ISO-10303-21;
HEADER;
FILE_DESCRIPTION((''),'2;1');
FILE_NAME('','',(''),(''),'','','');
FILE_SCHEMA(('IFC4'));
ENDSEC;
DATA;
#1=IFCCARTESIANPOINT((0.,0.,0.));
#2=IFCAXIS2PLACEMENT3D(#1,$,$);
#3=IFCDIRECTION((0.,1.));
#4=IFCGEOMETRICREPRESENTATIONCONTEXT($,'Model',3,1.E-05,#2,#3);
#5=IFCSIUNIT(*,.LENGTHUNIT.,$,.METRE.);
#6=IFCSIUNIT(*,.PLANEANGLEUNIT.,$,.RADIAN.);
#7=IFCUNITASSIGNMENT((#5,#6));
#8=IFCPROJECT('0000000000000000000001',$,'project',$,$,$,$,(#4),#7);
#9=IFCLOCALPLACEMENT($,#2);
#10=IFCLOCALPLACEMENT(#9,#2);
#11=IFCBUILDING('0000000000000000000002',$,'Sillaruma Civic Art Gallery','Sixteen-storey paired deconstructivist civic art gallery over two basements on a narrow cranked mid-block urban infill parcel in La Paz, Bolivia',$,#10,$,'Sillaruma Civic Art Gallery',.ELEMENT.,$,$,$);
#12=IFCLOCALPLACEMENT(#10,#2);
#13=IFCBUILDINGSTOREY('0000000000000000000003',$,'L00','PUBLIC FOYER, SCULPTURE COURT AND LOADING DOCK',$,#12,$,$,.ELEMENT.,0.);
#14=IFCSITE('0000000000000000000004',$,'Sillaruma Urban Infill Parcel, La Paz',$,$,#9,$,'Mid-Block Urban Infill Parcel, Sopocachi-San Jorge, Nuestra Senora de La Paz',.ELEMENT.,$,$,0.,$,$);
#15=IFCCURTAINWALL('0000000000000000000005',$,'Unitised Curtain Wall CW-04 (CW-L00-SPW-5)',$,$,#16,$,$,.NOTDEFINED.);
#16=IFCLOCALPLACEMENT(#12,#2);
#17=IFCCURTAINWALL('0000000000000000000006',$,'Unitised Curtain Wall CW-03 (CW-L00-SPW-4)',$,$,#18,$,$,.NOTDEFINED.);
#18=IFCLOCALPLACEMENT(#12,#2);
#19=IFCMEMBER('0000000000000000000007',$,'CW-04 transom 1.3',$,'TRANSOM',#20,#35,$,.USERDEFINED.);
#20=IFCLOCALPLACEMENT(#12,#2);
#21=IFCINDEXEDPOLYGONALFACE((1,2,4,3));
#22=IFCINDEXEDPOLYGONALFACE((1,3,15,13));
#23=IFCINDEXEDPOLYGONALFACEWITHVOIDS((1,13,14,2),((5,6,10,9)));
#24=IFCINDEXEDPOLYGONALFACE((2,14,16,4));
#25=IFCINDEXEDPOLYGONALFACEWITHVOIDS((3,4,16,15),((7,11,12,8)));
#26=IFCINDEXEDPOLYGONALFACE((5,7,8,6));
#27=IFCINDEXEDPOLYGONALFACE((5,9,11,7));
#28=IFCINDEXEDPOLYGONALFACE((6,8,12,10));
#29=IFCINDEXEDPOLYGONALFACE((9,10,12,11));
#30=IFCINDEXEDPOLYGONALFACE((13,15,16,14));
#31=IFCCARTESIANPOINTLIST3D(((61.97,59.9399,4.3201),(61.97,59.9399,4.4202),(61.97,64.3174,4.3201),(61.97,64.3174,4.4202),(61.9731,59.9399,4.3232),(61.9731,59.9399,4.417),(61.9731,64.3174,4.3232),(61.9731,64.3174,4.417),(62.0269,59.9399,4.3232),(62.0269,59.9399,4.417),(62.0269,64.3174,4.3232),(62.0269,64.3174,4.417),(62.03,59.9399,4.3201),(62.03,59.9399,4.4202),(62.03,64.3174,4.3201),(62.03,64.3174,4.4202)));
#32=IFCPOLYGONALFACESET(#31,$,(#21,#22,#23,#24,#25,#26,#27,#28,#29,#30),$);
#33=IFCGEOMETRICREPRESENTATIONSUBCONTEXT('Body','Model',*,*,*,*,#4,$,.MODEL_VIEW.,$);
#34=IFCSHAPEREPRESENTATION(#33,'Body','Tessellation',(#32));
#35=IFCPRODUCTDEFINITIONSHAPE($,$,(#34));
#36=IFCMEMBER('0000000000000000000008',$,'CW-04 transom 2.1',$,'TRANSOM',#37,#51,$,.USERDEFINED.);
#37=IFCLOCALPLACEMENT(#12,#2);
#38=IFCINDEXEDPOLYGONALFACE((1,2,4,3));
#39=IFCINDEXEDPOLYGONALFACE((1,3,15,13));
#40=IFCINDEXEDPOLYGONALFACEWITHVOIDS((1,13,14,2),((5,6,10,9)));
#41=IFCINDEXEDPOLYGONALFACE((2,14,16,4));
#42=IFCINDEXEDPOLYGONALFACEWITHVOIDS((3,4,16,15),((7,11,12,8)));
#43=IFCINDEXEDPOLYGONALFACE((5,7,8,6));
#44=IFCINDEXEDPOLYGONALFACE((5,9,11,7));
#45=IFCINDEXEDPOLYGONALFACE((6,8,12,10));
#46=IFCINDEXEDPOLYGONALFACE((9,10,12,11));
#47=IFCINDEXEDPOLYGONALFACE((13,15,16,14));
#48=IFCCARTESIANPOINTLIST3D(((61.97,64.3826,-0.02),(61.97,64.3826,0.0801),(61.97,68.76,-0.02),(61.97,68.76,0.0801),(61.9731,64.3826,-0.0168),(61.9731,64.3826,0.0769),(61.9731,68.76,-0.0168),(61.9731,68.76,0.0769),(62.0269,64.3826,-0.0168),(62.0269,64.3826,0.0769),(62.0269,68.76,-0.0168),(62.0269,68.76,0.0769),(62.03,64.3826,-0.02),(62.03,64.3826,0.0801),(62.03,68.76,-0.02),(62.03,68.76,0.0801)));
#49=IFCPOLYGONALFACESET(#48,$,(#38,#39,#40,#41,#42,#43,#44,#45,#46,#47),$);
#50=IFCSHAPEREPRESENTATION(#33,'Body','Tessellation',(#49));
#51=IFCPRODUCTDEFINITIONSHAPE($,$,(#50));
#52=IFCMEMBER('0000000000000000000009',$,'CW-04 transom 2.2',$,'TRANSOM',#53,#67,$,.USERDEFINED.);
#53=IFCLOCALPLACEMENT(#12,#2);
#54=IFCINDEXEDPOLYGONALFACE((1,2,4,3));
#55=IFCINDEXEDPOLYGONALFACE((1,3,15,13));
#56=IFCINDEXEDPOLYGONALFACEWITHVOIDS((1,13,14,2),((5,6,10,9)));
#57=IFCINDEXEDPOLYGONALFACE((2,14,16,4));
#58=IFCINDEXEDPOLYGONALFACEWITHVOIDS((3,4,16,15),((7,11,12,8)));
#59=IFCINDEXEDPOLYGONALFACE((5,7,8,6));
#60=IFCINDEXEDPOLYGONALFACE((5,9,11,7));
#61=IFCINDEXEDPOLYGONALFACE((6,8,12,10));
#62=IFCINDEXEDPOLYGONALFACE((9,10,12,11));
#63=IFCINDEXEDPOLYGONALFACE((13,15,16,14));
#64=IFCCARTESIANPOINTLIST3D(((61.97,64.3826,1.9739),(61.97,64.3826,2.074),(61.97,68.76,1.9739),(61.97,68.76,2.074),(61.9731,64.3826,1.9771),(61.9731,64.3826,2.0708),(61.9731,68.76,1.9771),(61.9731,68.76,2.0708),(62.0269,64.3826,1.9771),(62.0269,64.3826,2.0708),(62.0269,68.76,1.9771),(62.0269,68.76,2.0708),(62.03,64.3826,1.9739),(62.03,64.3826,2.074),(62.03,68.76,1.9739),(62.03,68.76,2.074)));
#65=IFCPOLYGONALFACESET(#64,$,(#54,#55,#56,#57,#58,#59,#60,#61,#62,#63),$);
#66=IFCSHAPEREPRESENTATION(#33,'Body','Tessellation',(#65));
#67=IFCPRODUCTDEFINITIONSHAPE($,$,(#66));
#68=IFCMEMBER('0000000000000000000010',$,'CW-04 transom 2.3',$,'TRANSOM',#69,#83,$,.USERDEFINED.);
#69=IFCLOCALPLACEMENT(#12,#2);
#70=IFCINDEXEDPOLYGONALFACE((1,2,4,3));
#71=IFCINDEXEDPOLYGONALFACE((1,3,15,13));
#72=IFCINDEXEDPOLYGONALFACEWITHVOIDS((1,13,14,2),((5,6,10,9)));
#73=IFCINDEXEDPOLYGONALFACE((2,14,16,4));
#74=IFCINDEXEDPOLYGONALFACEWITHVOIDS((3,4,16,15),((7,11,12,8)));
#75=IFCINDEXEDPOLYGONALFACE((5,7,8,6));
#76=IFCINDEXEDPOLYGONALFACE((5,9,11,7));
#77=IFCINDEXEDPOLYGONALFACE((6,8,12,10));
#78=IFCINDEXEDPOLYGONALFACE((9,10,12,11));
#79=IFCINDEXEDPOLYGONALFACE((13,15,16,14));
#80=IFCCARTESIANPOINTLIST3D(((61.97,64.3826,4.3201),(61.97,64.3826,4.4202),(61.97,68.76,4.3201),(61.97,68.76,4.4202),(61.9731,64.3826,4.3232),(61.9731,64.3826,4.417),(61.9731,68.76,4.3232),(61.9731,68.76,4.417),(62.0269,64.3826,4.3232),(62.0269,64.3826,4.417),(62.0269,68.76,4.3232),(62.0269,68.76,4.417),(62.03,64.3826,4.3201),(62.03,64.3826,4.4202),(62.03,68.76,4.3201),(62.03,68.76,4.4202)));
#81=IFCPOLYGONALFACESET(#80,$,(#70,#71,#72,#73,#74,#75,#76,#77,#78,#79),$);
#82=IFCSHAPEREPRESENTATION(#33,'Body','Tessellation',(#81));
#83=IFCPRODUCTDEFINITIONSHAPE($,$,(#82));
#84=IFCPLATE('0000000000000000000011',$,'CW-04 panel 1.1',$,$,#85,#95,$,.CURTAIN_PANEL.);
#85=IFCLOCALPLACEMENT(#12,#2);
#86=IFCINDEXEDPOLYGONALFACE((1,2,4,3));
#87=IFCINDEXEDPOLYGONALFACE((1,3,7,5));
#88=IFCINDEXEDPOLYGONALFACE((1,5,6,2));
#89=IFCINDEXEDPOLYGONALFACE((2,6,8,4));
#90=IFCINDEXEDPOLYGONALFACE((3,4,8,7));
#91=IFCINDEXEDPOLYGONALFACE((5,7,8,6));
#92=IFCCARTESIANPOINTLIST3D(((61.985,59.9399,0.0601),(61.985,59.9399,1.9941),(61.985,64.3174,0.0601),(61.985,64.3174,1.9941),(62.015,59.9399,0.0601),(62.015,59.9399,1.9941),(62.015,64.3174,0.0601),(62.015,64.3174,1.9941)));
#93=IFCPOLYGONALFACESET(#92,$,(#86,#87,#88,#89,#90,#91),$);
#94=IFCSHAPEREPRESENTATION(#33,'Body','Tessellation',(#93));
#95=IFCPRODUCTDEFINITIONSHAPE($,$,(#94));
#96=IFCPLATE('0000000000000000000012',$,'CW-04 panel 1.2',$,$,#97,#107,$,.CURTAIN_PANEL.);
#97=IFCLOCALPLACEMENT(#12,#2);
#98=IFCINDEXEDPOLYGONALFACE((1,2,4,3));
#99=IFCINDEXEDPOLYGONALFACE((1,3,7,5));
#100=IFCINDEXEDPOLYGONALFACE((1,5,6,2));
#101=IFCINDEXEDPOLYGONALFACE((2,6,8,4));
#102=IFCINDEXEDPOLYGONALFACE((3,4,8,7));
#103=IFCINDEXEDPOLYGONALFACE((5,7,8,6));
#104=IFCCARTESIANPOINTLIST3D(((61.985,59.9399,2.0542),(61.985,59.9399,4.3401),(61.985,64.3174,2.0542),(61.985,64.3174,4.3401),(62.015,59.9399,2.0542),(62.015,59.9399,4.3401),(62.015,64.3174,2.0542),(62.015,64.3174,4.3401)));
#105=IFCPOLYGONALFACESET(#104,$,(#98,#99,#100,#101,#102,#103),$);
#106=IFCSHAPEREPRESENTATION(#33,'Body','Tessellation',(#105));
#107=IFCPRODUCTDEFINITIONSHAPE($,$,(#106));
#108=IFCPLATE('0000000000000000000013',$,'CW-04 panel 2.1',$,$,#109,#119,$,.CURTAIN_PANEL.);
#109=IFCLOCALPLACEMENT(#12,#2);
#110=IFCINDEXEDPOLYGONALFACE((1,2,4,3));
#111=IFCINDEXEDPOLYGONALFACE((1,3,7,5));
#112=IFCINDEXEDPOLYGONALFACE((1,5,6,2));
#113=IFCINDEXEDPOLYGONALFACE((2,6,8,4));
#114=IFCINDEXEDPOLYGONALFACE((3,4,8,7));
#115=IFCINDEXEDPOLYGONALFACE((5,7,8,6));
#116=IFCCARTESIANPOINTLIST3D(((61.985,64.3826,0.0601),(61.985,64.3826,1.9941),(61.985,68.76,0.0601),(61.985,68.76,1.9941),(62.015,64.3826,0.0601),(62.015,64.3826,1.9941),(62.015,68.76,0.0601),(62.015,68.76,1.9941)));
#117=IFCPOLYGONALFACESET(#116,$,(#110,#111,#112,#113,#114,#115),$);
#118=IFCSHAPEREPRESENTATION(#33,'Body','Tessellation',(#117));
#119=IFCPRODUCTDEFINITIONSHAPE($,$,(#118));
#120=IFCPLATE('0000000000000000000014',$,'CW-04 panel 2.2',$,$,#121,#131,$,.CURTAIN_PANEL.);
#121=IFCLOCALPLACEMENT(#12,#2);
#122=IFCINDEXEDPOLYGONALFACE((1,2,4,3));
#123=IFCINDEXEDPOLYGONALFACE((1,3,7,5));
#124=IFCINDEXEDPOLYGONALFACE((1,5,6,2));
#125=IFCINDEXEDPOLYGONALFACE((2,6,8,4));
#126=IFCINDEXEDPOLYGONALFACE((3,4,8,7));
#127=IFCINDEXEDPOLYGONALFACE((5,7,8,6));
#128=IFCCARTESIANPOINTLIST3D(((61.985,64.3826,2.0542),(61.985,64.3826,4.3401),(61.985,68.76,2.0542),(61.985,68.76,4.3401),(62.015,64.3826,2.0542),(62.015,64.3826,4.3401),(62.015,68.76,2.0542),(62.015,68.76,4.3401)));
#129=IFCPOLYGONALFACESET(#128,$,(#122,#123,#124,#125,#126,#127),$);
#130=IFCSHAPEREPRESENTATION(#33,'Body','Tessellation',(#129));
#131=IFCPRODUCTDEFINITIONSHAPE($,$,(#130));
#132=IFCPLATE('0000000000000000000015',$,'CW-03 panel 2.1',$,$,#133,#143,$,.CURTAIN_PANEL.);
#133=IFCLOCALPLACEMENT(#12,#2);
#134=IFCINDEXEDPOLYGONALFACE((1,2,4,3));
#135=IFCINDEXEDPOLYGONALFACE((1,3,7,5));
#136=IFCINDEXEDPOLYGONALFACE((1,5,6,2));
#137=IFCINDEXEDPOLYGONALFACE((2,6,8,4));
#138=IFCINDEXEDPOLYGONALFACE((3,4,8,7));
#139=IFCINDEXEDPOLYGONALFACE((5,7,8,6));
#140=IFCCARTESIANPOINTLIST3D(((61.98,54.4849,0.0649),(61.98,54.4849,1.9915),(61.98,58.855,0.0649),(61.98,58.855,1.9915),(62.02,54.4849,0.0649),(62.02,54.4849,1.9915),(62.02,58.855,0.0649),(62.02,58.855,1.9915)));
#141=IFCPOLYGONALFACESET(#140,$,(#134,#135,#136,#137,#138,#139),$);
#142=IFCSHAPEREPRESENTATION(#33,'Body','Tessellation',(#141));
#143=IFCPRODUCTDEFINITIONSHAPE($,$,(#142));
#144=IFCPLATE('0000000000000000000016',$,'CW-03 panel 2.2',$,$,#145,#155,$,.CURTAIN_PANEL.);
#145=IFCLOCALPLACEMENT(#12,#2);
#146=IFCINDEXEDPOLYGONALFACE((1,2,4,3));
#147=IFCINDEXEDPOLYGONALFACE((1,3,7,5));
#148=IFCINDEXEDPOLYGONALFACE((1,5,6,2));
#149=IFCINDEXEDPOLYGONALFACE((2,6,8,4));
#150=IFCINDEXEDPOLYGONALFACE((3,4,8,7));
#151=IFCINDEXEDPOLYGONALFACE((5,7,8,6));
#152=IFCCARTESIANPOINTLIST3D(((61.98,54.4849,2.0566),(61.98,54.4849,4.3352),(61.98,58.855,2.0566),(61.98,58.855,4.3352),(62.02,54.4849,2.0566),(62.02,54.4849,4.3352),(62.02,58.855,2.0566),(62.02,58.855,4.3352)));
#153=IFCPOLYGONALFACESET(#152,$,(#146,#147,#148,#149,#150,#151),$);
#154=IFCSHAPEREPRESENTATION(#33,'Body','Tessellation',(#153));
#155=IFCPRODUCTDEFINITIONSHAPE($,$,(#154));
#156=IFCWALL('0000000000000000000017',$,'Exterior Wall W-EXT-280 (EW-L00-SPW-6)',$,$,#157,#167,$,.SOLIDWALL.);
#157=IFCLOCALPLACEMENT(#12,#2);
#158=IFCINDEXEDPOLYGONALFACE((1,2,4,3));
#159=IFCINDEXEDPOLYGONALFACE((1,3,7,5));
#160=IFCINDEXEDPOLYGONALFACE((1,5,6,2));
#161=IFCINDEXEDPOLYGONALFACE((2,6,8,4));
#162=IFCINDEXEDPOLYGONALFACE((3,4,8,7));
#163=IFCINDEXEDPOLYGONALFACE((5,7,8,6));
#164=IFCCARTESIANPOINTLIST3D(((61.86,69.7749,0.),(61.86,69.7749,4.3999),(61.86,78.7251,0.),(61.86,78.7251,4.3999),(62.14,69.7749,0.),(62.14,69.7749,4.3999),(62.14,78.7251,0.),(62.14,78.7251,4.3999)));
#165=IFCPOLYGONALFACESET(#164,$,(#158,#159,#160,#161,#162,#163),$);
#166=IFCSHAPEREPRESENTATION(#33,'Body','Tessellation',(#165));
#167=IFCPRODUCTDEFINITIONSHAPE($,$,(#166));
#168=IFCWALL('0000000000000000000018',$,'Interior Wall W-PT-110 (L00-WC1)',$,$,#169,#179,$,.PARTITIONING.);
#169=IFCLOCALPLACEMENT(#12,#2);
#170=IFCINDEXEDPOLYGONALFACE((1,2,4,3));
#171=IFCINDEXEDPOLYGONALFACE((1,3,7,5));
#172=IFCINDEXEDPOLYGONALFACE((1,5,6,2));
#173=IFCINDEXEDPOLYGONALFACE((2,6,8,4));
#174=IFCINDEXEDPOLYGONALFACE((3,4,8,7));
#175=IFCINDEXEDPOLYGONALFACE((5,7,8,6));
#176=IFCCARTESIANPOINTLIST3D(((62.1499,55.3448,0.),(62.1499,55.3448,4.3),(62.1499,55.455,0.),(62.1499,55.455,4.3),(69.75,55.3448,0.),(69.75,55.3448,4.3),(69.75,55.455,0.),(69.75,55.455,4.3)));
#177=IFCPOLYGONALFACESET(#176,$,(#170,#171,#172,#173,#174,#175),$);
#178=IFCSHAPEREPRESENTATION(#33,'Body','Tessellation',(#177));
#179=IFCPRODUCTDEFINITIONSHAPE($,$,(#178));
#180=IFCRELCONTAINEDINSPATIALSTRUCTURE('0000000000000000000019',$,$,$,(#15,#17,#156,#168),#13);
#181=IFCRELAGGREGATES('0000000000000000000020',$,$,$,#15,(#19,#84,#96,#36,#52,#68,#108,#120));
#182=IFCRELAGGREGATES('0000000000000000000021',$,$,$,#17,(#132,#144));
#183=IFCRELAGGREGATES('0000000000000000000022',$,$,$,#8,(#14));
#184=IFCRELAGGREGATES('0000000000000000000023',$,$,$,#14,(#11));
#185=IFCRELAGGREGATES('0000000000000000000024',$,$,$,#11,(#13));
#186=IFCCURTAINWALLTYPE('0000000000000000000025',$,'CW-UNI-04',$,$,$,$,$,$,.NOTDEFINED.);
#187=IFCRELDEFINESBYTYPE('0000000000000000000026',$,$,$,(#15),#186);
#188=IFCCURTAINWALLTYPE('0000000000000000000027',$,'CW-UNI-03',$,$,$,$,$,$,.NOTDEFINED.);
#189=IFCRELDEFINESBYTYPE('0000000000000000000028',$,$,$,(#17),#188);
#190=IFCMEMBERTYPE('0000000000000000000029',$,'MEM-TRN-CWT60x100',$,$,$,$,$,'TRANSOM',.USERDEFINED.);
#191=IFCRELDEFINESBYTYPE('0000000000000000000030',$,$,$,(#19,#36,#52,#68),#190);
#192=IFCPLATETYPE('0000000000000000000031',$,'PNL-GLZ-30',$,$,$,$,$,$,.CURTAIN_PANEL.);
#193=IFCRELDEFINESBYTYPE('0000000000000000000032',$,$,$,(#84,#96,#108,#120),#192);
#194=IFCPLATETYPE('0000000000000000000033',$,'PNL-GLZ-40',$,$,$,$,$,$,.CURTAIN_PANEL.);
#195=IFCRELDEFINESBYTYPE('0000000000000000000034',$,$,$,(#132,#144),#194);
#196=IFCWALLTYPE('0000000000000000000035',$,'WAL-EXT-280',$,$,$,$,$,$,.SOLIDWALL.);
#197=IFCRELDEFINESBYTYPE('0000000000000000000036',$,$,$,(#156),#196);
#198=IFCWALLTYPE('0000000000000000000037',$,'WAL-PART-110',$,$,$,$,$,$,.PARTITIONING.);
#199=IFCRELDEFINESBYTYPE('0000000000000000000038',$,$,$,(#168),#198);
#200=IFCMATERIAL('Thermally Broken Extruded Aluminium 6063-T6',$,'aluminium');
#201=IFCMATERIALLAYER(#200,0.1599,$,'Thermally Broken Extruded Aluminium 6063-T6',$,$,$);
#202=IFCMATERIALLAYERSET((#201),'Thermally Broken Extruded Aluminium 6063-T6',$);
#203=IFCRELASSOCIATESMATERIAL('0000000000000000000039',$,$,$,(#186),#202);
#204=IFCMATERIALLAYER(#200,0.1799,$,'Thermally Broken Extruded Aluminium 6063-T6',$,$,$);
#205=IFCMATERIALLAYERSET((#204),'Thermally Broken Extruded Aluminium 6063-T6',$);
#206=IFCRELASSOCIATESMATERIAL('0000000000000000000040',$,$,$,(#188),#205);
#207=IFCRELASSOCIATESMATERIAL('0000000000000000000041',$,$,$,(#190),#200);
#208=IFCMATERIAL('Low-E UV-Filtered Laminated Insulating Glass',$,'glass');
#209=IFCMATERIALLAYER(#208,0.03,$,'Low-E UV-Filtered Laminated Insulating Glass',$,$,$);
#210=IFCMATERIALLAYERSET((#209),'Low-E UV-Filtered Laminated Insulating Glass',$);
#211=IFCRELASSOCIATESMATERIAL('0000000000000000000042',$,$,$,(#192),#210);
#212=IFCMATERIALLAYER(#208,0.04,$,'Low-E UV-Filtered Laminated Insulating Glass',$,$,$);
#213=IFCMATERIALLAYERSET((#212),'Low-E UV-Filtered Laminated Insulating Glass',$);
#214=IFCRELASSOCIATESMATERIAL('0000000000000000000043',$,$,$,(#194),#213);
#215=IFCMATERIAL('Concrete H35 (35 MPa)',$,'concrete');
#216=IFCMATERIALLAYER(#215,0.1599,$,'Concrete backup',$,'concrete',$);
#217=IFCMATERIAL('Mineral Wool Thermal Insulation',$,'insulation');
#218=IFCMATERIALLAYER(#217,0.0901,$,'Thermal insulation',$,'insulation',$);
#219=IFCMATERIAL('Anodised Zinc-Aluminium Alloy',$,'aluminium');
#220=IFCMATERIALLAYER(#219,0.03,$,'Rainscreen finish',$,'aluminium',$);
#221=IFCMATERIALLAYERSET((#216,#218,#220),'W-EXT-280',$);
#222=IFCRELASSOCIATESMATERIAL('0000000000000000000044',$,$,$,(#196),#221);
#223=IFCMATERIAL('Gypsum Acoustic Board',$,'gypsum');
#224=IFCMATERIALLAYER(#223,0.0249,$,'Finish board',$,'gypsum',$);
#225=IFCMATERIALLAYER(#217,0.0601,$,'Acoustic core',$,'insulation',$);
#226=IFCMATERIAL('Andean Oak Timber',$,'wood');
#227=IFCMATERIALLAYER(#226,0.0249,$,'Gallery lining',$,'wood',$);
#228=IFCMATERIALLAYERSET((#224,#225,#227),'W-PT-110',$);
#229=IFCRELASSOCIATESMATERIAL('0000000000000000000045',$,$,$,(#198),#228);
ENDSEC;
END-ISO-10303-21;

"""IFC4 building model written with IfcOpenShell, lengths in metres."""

from ifc_helpers import new_model, si_unit, direction, frame, frame_2d, origin, origin_2d, place, context, subcontext, project, spatial, rectangle, hollow_rectangle, extrude, material, layer, layer_set, material_profile, profile_set, type_object, element, aggregate, save


model = new_model("IFC4")

# Units and contexts
model_context = context("Model", 3, precision=1e-05, world=origin(), true_north=direction((0.0, 1.0)))
body_context = subcontext(model_context, "Body", "Model", "MODEL_VIEW")
ifc_project = project(units=[si_unit("LENGTHUNIT", "METRE"), si_unit("PLANEANGLEUNIT", "RADIAN")], contexts=[model_context])

# Site, building, storey
site_placement = place(None, origin())
site = spatial("IfcSite", under=ifc_project, at=site_placement, Name="Sillaruma Urban Infill Parcel, La Paz", LongName="Mid-Block Urban Infill Parcel, Sopocachi-San Jorge, Nuestra Senora de La Paz", CompositionType="ELEMENT", RefElevation=0.0)
building_placement = place(site_placement, origin())
building = spatial("IfcBuilding", under=site, at=building_placement, Name="Sillaruma Civic Art Gallery", Description="Sixteen-storey paired deconstructivist civic art gallery over two basements on a narrow cranked mid-block urban infill parcel in La Paz, Bolivia", LongName="Sillaruma Civic Art Gallery", CompositionType="ELEMENT")
storey_placement = place(building_placement, origin())
storey = spatial("IfcBuildingStorey", under=building, at=storey_placement, Name="L00", Description="PUBLIC FOYER, SCULPTURE COURT AND LOADING DOCK", CompositionType="ELEMENT", Elevation=0.0)

# Curtain wall
ifc_material_1 = material(Name="Thermally Broken Extruded Aluminium 6063-T6", Category="aluminium")
ifc_layer_1 = layer(ifc_material_1, 0.1599, Name="Thermally Broken Extruded Aluminium 6063-T6")
ifc_layer_set_1 = layer_set([ifc_layer_1], Name="Thermally Broken Extruded Aluminium 6063-T6")
curtain_wall_type_1 = type_object("IfcCurtainWallType", Name="CW-UNI-04", PredefinedType="NOTDEFINED", material=ifc_layer_set_1)
curtain_wall_1_placement = place(storey_placement, origin())
curtain_wall_1 = element("IfcCurtainWall", 1, at=curtain_wall_1_placement, inside=storey, type_object=curtain_wall_type_1, Name="Unitised Curtain Wall CW-04 (CW-L00-SPW-5)", PredefinedType="NOTDEFINED")

# Curtain wall
ifc_layer_2 = layer(ifc_material_1, 0.1799, Name="Thermally Broken Extruded Aluminium 6063-T6")
ifc_layer_set_2 = layer_set([ifc_layer_2], Name="Thermally Broken Extruded Aluminium 6063-T6")
curtain_wall_type_2 = type_object("IfcCurtainWallType", Name="CW-UNI-03", PredefinedType="NOTDEFINED", material=ifc_layer_set_2)
curtain_wall_2_placement = place(storey_placement, origin())
curtain_wall_2 = element("IfcCurtainWall", 2, at=curtain_wall_2_placement, inside=storey, type_object=curtain_wall_type_2, Name="Unitised Curtain Wall CW-03 (CW-L00-SPW-4)", PredefinedType="NOTDEFINED")

# Members
ifc_material_profile_1 = material_profile(ifc_material_1, hollow_rectangle(XDim=0.0601, YDim=0.1001, WallThickness=0.0032, at=origin_2d()), Name="CWT60x100")
ifc_profile_set_1 = profile_set([ifc_material_profile_1], Name="Thermally Broken Extruded Aluminium 6063-T6")
member_type_1 = type_object("IfcMemberType", Name="MEM-TRN-CWT60x100", ElementType="TRANSOM", PredefinedType="USERDEFINED", material=ifc_profile_set_1)
member_1_placement = place(storey_placement, frame((62.0, 59.9399, 4.3701), z_axis=(0.0, 1.0, 0.0), x_axis=(-1.0, 0.0, 0.0)))
member_1 = element("IfcMember", 3, at=member_1_placement, type_object=member_type_1, Name="CW-04 transom 1.3", ObjectType="TRANSOM", PredefinedType="USERDEFINED", context=body_context, shape_type="SweptSolid", body=[
    extrude(hollow_rectangle(XDim=0.0601, YDim=0.1001, WallThickness=0.0032, at=origin_2d()), origin(), (0.0, 0.0, 1.0), 4.3774),
])
member_2_placement = place(storey_placement, frame((62.0, 64.3826, 0.03), z_axis=(0.0, 1.0, 0.0), x_axis=(-1.0, 0.0, 0.0)))
member_2 = element("IfcMember", 4, at=member_2_placement, type_object=member_type_1, Name="CW-04 transom 2.1", ObjectType="TRANSOM", PredefinedType="USERDEFINED", context=body_context, shape_type="SweptSolid", body=[
    extrude(hollow_rectangle(XDim=0.0601, YDim=0.1001, WallThickness=0.0032, at=origin_2d()), origin(), (0.0, 0.0, 1.0), 4.3774),
])
member_3_placement = place(storey_placement, frame((62.0, 64.3826, 2.0239), z_axis=(0.0, 1.0, 0.0), x_axis=(-1.0, 0.0, 0.0)))
member_3 = element("IfcMember", 5, at=member_3_placement, type_object=member_type_1, Name="CW-04 transom 2.2", ObjectType="TRANSOM", PredefinedType="USERDEFINED", context=body_context, shape_type="SweptSolid", body=[
    extrude(hollow_rectangle(XDim=0.0601, YDim=0.1001, WallThickness=0.0032, at=origin_2d()), origin(), (0.0, 0.0, 1.0), 4.3774),
])
member_4_placement = place(storey_placement, frame((62.0, 64.3826, 4.3701), z_axis=(0.0, 1.0, 0.0), x_axis=(-1.0, 0.0, 0.0)))
member_4 = element("IfcMember", 6, at=member_4_placement, type_object=member_type_1, Name="CW-04 transom 2.3", ObjectType="TRANSOM", PredefinedType="USERDEFINED", context=body_context, shape_type="SweptSolid", body=[
    extrude(hollow_rectangle(XDim=0.0601, YDim=0.1001, WallThickness=0.0032, at=origin_2d()), origin(), (0.0, 0.0, 1.0), 4.3774),
])

# Plates
ifc_material_2 = material(Name="Low-E UV-Filtered Laminated Insulating Glass", Category="glass")
ifc_layer_3 = layer(ifc_material_2, 0.03, Name="Low-E UV-Filtered Laminated Insulating Glass")
ifc_layer_set_3 = layer_set([ifc_layer_3], Name="Low-E UV-Filtered Laminated Insulating Glass")
plate_type_1 = type_object("IfcPlateType", Name="PNL-GLZ-30", PredefinedType="CURTAIN_PANEL", material=ifc_layer_set_3)
plate_1_placement = place(storey_placement, frame((62.0, 62.1287, 0.0601), z_axis=(0.0, 0.0, 1.0), x_axis=(0.0, 1.0, 0.0)))
plate_1 = element("IfcPlate", 7, at=plate_1_placement, type_object=plate_type_1, Name="CW-04 panel 1.1", PredefinedType="CURTAIN_PANEL", context=body_context, shape_type="SweptSolid", body=[
    extrude(rectangle(XDim=4.3774, YDim=0.03, at=origin_2d()), origin(), (0.0, 0.0, 1.0), 1.9341),
])
plate_2_placement = place(storey_placement, frame((62.0, 62.1287, 2.0542), z_axis=(0.0, 0.0, 1.0), x_axis=(0.0, 1.0, 0.0)))
plate_2 = element("IfcPlate", 8, at=plate_2_placement, type_object=plate_type_1, Name="CW-04 panel 1.2", PredefinedType="CURTAIN_PANEL", context=body_context, shape_type="SweptSolid", body=[
    extrude(rectangle(XDim=4.3774, YDim=0.03, at=origin_2d()), origin(), (0.0, 0.0, 1.0), 2.2859),
])
plate_3_placement = place(storey_placement, frame((62.0, 66.5713, 0.0601), z_axis=(0.0, 0.0, 1.0), x_axis=(0.0, 1.0, 0.0)))
plate_3 = element("IfcPlate", 9, at=plate_3_placement, type_object=plate_type_1, Name="CW-04 panel 2.1", PredefinedType="CURTAIN_PANEL", context=body_context, shape_type="SweptSolid", body=[
    extrude(rectangle(XDim=4.3774, YDim=0.03, at=origin_2d()), origin(), (0.0, 0.0, 1.0), 1.9341),
])
plate_4_placement = place(storey_placement, frame((62.0, 66.5713, 2.0542), z_axis=(0.0, 0.0, 1.0), x_axis=(0.0, 1.0, 0.0)))
plate_4 = element("IfcPlate", 10, at=plate_4_placement, type_object=plate_type_1, Name="CW-04 panel 2.2", PredefinedType="CURTAIN_PANEL", context=body_context, shape_type="SweptSolid", body=[
    extrude(rectangle(XDim=4.3774, YDim=0.03, at=origin_2d()), origin(), (0.0, 0.0, 1.0), 2.2859),
])
aggregate(curtain_wall_1, [member_1, plate_1, plate_2, member_2, member_3, member_4, plate_3, plate_4])
ifc_layer_4 = layer(ifc_material_2, 0.04, Name="Low-E UV-Filtered Laminated Insulating Glass")
ifc_layer_set_4 = layer_set([ifc_layer_4], Name="Low-E UV-Filtered Laminated Insulating Glass")
plate_type_2 = type_object("IfcPlateType", Name="PNL-GLZ-40", PredefinedType="CURTAIN_PANEL", material=ifc_layer_set_4)
plate_5_placement = place(storey_placement, frame((62.0, 56.6699, 0.0649), z_axis=(0.0, 0.0, 1.0), x_axis=(0.0, 1.0, 0.0)))
plate_5 = element("IfcPlate", 11, at=plate_5_placement, type_object=plate_type_2, Name="CW-03 panel 2.1", PredefinedType="CURTAIN_PANEL", context=body_context, shape_type="SweptSolid", body=[
    extrude(rectangle(XDim=4.3701, YDim=0.04, at=origin_2d()), origin(), (0.0, 0.0, 1.0), 1.9265),
])
plate_6_placement = place(storey_placement, frame((62.0, 56.6699, 2.0566), z_axis=(0.0, 0.0, 1.0), x_axis=(0.0, 1.0, 0.0)))
plate_6 = element("IfcPlate", 12, at=plate_6_placement, type_object=plate_type_2, Name="CW-03 panel 2.2", PredefinedType="CURTAIN_PANEL", context=body_context, shape_type="SweptSolid", body=[
    extrude(rectangle(XDim=4.3701, YDim=0.04, at=origin_2d()), origin(), (0.0, 0.0, 1.0), 2.2786),
])
aggregate(curtain_wall_2, [plate_5, plate_6])

# Walls
ifc_material_3 = material(Name="Concrete H35 (35 MPa)", Category="concrete")
ifc_layer_5 = layer(ifc_material_3, 0.1599, Name="Concrete backup", Category="concrete")
ifc_material_4 = material(Name="Mineral Wool Thermal Insulation", Category="insulation")
ifc_layer_6 = layer(ifc_material_4, 0.0901, Name="Thermal insulation", Category="insulation")
ifc_material_5 = material(Name="Anodised Zinc-Aluminium Alloy", Category="aluminium")
ifc_layer_7 = layer(ifc_material_5, 0.03, Name="Rainscreen finish", Category="aluminium")
ifc_layer_set_5 = layer_set([ifc_layer_5, ifc_layer_6, ifc_layer_7], Name="W-EXT-280")
wall_type_1 = type_object("IfcWallType", Name="WAL-EXT-280", PredefinedType="SOLIDWALL", material=ifc_layer_set_5)
wall_1_placement = place(storey_placement, frame((62.0, 69.7749, 0.0), z_axis=(0.0, 0.0, 1.0), x_axis=(0.0, 1.0, 0.0)))
element("IfcWall", 13, at=wall_1_placement, inside=storey, type_object=wall_type_1, Name="Exterior Wall W-EXT-280 (EW-L00-SPW-6)", PredefinedType="SOLIDWALL", context=body_context, shape_type="SweptSolid", body=[
    extrude(rectangle(XDim=8.9502, YDim=0.28, at=frame_2d((4.4751, 0.0))), origin(), (0.0, 0.0, 1.0), 4.3999),
])
ifc_material_6 = material(Name="Gypsum Acoustic Board", Category="gypsum")
ifc_layer_8 = layer(ifc_material_6, 0.0249, Name="Finish board", Category="gypsum")
ifc_layer_9 = layer(ifc_material_4, 0.0601, Name="Acoustic core", Category="insulation")
ifc_material_7 = material(Name="Andean Oak Timber", Category="wood")
ifc_layer_10 = layer(ifc_material_7, 0.0249, Name="Gallery lining", Category="wood")
ifc_layer_set_6 = layer_set([ifc_layer_8, ifc_layer_9, ifc_layer_10], Name="W-PT-110")
wall_type_2 = type_object("IfcWallType", Name="WAL-PART-110", PredefinedType="PARTITIONING", material=ifc_layer_set_6)
wall_2_placement = place(storey_placement, frame((62.1499, 55.3999, 0.0), z_axis=(0.0, 0.0, 1.0), x_axis=(1.0, 0.0, 0.0)))
element("IfcWall", 14, at=wall_2_placement, inside=storey, type_object=wall_type_2, Name="Interior Wall W-PT-110 (L00-WC1)", PredefinedType="PARTITIONING", context=body_context, shape_type="SweptSolid", body=[
    extrude(rectangle(XDim=7.6001, YDim=0.1101, at=frame_2d((3.8, 0.0))), origin(), (0.0, 0.0, 1.0), 4.3),
])

save(model, "model.ifc")
